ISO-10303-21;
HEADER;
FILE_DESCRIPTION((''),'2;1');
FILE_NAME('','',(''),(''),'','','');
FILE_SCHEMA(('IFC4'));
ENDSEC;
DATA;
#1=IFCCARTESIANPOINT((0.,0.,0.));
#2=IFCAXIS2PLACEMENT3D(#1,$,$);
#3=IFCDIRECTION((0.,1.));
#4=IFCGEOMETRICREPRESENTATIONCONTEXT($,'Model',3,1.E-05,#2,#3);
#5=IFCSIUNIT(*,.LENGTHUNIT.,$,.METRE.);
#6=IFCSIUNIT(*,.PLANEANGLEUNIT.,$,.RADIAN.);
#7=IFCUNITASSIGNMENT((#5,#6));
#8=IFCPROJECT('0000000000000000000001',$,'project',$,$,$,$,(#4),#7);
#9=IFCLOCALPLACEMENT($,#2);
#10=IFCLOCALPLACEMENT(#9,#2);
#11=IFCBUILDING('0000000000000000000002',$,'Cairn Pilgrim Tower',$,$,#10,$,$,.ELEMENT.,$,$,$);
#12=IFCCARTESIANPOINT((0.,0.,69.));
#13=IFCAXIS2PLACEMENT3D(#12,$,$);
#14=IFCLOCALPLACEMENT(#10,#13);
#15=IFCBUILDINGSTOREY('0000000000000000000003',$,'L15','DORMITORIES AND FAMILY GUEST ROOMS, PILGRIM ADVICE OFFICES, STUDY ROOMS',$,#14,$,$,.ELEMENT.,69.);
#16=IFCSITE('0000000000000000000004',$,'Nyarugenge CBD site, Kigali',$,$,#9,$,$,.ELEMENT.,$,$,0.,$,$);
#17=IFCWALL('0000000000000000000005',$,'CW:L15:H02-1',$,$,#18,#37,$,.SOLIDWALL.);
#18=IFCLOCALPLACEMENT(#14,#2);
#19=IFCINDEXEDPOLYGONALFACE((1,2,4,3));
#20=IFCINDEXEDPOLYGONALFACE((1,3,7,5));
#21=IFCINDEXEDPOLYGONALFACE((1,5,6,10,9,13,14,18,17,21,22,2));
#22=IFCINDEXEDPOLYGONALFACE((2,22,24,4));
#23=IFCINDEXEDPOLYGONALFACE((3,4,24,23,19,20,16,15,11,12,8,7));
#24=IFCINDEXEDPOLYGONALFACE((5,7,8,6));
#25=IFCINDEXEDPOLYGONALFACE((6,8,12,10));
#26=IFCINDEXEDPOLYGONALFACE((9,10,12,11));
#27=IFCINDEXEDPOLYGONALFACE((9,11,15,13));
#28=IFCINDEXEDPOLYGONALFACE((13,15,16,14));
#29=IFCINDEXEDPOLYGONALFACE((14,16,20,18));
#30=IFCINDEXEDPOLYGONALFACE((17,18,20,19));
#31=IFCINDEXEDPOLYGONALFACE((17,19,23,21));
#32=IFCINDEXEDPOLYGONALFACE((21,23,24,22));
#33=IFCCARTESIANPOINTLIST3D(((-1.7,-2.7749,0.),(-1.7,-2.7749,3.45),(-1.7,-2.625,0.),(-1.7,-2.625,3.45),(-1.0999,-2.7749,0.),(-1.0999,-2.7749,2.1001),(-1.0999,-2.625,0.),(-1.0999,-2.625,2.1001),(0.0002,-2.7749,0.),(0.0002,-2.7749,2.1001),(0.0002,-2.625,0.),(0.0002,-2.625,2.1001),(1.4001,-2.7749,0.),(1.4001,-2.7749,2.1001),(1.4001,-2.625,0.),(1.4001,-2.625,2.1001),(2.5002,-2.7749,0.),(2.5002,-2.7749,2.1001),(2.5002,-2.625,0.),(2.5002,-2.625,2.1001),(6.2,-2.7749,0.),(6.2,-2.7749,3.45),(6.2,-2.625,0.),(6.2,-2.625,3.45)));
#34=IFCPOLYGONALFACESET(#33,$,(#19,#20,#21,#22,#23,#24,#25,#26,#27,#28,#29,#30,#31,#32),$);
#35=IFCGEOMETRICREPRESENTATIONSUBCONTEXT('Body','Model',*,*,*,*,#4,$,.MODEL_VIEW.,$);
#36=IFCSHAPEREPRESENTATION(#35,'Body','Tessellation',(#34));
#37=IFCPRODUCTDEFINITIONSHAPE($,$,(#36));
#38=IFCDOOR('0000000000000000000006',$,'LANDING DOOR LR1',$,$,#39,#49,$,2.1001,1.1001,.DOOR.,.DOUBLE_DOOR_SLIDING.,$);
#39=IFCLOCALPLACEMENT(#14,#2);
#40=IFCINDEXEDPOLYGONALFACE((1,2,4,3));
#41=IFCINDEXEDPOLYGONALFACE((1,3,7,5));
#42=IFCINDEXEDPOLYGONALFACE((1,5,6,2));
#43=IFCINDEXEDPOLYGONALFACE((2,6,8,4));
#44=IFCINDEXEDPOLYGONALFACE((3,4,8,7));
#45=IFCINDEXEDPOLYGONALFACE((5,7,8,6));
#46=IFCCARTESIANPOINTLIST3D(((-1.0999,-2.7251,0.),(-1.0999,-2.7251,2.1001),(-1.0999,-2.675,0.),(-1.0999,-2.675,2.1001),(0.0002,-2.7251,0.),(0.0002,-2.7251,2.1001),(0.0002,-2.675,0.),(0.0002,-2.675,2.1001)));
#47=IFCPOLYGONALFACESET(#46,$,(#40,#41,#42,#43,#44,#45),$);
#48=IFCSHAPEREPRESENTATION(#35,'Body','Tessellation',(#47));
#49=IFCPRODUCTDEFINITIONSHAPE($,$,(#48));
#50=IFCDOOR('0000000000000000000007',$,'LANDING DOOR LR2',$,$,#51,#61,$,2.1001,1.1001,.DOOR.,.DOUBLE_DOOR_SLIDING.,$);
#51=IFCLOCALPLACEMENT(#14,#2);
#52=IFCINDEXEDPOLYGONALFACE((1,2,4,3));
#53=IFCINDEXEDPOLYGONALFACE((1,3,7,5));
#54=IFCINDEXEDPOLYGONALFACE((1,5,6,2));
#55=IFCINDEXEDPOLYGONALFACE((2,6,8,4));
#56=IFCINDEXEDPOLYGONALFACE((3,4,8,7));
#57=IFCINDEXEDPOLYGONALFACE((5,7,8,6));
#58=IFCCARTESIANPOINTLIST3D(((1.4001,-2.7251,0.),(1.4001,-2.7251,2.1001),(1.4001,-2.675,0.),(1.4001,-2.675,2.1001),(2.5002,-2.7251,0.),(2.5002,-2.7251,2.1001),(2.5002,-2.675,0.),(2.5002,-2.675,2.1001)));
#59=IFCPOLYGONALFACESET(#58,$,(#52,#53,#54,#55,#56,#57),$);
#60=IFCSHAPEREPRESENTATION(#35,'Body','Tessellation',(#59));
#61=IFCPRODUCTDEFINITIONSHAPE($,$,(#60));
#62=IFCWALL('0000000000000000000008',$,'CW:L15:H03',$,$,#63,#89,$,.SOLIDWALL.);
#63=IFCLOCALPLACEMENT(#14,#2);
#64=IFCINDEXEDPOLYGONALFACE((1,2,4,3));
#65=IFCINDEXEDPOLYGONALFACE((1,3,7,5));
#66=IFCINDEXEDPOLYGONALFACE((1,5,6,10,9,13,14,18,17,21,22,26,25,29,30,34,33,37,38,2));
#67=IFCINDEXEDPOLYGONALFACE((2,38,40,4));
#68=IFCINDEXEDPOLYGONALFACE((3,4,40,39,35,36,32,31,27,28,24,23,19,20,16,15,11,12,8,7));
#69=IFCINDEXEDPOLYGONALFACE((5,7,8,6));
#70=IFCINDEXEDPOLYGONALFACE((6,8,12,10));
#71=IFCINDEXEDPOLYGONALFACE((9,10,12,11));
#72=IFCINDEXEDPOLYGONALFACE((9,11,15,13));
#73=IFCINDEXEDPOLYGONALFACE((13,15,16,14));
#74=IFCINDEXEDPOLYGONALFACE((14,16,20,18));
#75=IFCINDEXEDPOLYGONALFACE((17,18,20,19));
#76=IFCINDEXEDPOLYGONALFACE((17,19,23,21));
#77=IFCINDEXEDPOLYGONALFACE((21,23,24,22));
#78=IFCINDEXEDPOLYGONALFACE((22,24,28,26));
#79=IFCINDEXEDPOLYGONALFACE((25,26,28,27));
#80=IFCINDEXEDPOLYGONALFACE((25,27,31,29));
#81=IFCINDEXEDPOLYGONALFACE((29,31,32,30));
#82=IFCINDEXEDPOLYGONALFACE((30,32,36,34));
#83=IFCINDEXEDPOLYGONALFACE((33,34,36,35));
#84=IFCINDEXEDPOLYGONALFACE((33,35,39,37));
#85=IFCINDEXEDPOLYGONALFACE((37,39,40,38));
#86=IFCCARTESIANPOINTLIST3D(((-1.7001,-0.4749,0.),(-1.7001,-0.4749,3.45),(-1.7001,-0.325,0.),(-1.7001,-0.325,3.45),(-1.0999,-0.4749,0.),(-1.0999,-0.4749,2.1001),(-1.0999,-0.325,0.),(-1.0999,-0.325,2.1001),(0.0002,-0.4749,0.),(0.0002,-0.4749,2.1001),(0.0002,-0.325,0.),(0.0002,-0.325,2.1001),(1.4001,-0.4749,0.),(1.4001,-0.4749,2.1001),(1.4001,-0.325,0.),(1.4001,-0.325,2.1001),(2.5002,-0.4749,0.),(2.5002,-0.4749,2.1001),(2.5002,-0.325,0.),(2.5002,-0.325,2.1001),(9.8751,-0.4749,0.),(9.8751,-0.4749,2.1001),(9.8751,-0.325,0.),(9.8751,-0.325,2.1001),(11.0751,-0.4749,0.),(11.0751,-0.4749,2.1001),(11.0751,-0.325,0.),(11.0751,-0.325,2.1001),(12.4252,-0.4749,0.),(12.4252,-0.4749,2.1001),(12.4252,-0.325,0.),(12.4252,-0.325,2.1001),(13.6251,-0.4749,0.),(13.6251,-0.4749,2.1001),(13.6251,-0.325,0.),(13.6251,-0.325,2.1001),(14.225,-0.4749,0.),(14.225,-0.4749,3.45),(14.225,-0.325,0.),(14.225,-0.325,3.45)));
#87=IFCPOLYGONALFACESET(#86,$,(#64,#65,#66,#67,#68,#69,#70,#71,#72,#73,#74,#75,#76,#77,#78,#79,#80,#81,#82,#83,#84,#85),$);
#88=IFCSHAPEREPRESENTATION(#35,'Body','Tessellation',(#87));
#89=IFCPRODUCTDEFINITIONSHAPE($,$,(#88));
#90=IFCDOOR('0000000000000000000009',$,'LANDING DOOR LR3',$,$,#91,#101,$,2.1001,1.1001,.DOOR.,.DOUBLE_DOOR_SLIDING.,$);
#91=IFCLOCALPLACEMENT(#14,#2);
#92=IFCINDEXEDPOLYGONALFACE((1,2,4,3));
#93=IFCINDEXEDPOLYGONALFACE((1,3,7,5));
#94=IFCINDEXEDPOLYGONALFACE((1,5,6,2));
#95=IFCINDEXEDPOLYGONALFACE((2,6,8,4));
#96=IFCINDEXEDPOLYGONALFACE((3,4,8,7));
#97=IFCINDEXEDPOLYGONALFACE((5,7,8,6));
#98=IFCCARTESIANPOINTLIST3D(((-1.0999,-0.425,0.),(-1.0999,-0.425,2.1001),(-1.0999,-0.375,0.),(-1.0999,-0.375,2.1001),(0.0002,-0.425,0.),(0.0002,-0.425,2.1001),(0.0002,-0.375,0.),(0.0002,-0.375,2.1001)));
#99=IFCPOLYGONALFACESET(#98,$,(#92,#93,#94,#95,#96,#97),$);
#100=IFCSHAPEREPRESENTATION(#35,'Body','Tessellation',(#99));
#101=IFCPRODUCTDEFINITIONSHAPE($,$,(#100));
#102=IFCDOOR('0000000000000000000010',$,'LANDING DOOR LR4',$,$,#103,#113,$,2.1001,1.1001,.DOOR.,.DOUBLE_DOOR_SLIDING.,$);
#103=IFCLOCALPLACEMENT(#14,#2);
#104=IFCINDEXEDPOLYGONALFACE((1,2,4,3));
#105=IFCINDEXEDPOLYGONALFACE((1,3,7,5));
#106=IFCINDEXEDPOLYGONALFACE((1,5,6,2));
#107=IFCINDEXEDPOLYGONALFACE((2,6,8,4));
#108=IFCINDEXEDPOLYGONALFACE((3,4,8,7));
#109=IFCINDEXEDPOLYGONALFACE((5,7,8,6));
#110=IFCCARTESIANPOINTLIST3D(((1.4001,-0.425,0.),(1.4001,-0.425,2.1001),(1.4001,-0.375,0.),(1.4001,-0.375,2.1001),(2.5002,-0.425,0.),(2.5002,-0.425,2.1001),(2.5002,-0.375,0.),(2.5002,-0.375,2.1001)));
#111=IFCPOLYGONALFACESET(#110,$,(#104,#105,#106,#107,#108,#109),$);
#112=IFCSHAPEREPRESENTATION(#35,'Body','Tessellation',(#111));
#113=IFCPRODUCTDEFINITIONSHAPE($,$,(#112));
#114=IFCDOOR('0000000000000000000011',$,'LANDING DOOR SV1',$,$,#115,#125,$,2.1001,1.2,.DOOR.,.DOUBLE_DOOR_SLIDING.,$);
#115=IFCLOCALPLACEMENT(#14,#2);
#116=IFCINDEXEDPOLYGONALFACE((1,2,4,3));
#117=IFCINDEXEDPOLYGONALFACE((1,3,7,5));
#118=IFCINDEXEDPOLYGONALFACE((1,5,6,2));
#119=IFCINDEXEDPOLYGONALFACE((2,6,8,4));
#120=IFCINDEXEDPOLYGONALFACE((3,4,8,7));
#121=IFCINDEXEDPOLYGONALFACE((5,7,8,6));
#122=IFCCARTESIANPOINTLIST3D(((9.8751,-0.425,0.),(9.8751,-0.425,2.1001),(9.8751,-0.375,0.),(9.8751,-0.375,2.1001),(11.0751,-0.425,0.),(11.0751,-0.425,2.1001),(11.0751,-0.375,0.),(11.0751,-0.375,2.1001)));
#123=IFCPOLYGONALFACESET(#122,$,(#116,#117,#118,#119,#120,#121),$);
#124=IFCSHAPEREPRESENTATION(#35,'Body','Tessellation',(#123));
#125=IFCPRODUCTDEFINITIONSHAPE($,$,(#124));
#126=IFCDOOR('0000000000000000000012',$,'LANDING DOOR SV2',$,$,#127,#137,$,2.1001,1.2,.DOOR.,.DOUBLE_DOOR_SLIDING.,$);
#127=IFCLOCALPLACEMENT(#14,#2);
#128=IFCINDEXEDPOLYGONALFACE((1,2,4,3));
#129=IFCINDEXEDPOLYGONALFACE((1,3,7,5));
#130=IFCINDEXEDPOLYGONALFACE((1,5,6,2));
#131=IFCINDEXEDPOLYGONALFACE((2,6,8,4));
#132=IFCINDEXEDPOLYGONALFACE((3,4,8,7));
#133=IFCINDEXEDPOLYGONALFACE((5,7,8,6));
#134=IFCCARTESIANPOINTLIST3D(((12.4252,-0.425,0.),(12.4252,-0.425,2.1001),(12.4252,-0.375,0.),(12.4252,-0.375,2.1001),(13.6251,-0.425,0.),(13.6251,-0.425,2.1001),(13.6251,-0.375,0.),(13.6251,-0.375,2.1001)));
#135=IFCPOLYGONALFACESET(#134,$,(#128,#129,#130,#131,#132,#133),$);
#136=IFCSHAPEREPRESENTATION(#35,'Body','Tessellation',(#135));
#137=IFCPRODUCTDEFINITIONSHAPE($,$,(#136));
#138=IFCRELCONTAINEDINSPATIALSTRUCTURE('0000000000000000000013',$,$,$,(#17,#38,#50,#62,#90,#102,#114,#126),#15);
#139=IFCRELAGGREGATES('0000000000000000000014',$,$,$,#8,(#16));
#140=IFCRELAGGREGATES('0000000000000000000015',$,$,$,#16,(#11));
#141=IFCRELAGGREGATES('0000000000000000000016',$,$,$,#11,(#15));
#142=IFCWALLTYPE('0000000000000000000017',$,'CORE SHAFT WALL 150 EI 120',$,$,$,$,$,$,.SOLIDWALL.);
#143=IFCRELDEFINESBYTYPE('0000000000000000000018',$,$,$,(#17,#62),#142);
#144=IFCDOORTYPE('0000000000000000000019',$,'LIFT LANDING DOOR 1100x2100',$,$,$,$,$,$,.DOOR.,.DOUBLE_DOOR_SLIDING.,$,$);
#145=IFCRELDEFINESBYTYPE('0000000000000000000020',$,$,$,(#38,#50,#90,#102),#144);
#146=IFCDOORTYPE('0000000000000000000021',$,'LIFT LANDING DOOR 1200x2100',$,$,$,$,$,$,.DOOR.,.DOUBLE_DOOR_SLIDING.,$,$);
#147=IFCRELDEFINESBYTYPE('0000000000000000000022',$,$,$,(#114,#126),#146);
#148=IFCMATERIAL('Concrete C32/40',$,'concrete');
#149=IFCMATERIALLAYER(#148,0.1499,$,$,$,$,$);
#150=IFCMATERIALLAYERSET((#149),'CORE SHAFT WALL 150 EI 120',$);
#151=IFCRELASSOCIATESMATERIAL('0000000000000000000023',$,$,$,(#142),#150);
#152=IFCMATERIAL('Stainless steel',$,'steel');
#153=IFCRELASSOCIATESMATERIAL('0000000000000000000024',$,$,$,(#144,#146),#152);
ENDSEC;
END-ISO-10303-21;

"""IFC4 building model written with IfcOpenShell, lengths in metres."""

from ifc_helpers import new_model, si_unit, direction, frame, frame_2d, origin, place, context, subcontext, project, spatial, rectangle, extrude, material, layer, layer_set, type_object, element, fill, save


model = new_model("IFC4")

# Units and contexts
model_context = context("Model", 3, precision=1e-05, world=origin(), true_north=direction((0.0, 1.0)))
body_context = subcontext(model_context, "Body", "Model", "MODEL_VIEW")
ifc_project = project(units=[si_unit("LENGTHUNIT", "METRE"), si_unit("PLANEANGLEUNIT", "RADIAN")], contexts=[model_context])

# Site, building, storey
site_placement = place(None, origin())
site = spatial("IfcSite", under=ifc_project, at=site_placement, Name="Nyarugenge CBD site, Kigali", CompositionType="ELEMENT", RefElevation=0.0)
building_placement = place(site_placement, origin())
building = spatial("IfcBuilding", under=site, at=building_placement, Name="Cairn Pilgrim Tower", CompositionType="ELEMENT")
storey_placement = place(building_placement, frame((0.0, 0.0, 69.0)))
storey = spatial("IfcBuildingStorey", under=building, at=storey_placement, Name="L15", Description="DORMITORIES AND FAMILY GUEST ROOMS, PILGRIM ADVICE OFFICES, STUDY ROOMS", CompositionType="ELEMENT", Elevation=69.0)

# Shared definitions
ifc_material_1 = material(Name="Concrete C32/40", Category="concrete")

# Walls, openings, doors
ifc_layer_1 = layer(ifc_material_1, 0.1499)
ifc_layer_set_1 = layer_set([ifc_layer_1], Name="CORE SHAFT WALL 150 EI 120")
wall_type_1 = type_object("IfcWallType", Name="CORE SHAFT WALL 150 EI 120", PredefinedType="SOLIDWALL", material=ifc_layer_set_1)
wall_1_placement = place(storey_placement, frame((-1.7, -2.7, 0.0), z_axis=(0.0, 0.0, 1.0), x_axis=(1.0, 0.0, 0.0)))
wall_1 = element("IfcWall", 1, at=wall_1_placement, inside=storey, type_object=wall_type_1, Name="CW:L15:H02-1", PredefinedType="SOLIDWALL", context=body_context, shape_type="SweptSolid", body=[
    extrude(rectangle(XDim=7.8999, YDim=0.1499, at=frame_2d((3.95, 0.0))), origin(), (0.0, 0.0, 1.0), 3.45),
])
opening_1_placement = place(wall_1_placement, frame((0.6001, 0.0, 0.0)))
opening_1 = element("IfcOpeningElement", 2, at=opening_1_placement, cuts=wall_1, PredefinedType="OPENING", context=body_context, shape_type="SweptSolid", body=[
    extrude(rectangle(XDim=1.1001, YDim=2.1001, at=frame_2d((0.55, 1.05))), frame((0.0, 0.085, 0.0), z_axis=(0.0, -1.0, 0.0), x_axis=(1.0, 0.0, 0.0)), (0.0, 0.0, 1.0), 0.1699),
])
opening_2_placement = place(wall_1_placement, frame((3.1001, 0.0, 0.0)))
opening_2 = element("IfcOpeningElement", 3, at=opening_2_placement, cuts=wall_1, PredefinedType="OPENING", context=body_context, shape_type="SweptSolid", body=[
    extrude(rectangle(XDim=1.1001, YDim=2.1001, at=frame_2d((0.55, 1.05))), frame((0.0, 0.085, 0.0), z_axis=(0.0, -1.0, 0.0), x_axis=(1.0, 0.0, 0.0)), (0.0, 0.0, 1.0), 0.1699),
])
ifc_material_2 = material(Name="Stainless steel", Category="steel")
door_type_1 = type_object("IfcDoorType", Name="LIFT LANDING DOOR 1100x2100", OperationType="DOUBLE_DOOR_SLIDING", PredefinedType="DOOR", material=ifc_material_2)
door_1_placement = place(opening_1_placement, origin())
door_1 = element("IfcDoor", 4, at=door_1_placement, inside=storey, type_object=door_type_1, Name="LANDING DOOR LR1", OperationType="DOUBLE_DOOR_SLIDING", OverallHeight=2.1001, OverallWidth=1.1001, PredefinedType="DOOR", context=body_context, shape_type="SweptSolid", body=[
    extrude(rectangle(XDim=1.1001, YDim=2.1001, at=frame_2d((0.55, 1.05))), frame((0.0, 0.0249, 0.0), z_axis=(0.0, -1.0, 0.0), x_axis=(1.0, 0.0, 0.0)), (0.0, 0.0, 1.0), 0.05),
])
fill(opening_1, door_1)
door_2_placement = place(opening_2_placement, origin())
door_2 = element("IfcDoor", 5, at=door_2_placement, inside=storey, type_object=door_type_1, Name="LANDING DOOR LR2", OperationType="DOUBLE_DOOR_SLIDING", OverallHeight=2.1001, OverallWidth=1.1001, PredefinedType="DOOR", context=body_context, shape_type="SweptSolid", body=[
    extrude(rectangle(XDim=1.1001, YDim=2.1001, at=frame_2d((0.55, 1.05))), frame((0.0, 0.0249, 0.0), z_axis=(0.0, -1.0, 0.0), x_axis=(1.0, 0.0, 0.0)), (0.0, 0.0, 1.0), 0.05),
])
fill(opening_2, door_2)
wall_2_placement = place(storey_placement, frame((-1.7, -0.3999, 0.0), z_axis=(0.0, 0.0, 1.0), x_axis=(1.0, 0.0, 0.0)))
wall_2 = element("IfcWall", 6, at=wall_2_placement, inside=storey, type_object=wall_type_1, Name="CW:L15:H03", PredefinedType="SOLIDWALL", context=body_context, shape_type="SweptSolid", body=[
    extrude(rectangle(XDim=15.925, YDim=0.1499, at=frame_2d((7.9624, 0.0))), origin(), (0.0, 0.0, 1.0), 3.45),
])
opening_3_placement = place(wall_2_placement, frame((0.6001, 0.0, 0.0)))
opening_3 = element("IfcOpeningElement", 7, at=opening_3_placement, cuts=wall_2, PredefinedType="OPENING", context=body_context, shape_type="SweptSolid", body=[
    extrude(rectangle(XDim=1.1001, YDim=2.1001, at=frame_2d((0.55, 1.05))), frame((0.0, 0.085, 0.0), z_axis=(0.0, -1.0, 0.0), x_axis=(1.0, 0.0, 0.0)), (0.0, 0.0, 1.0), 0.1699),
])
opening_4_placement = place(wall_2_placement, frame((3.1001, 0.0, 0.0)))
opening_4 = element("IfcOpeningElement", 8, at=opening_4_placement, cuts=wall_2, PredefinedType="OPENING", context=body_context, shape_type="SweptSolid", body=[
    extrude(rectangle(XDim=1.1001, YDim=2.1001, at=frame_2d((0.55, 1.05))), frame((0.0, 0.085, 0.0), z_axis=(0.0, -1.0, 0.0), x_axis=(1.0, 0.0, 0.0)), (0.0, 0.0, 1.0), 0.1699),
])
opening_5_placement = place(wall_2_placement, frame((11.575, 0.0, 0.0)))
opening_5 = element("IfcOpeningElement", 9, at=opening_5_placement, cuts=wall_2, PredefinedType="OPENING", context=body_context, shape_type="SweptSolid", body=[
    extrude(rectangle(XDim=1.2, YDim=2.1001, at=frame_2d((0.6001, 1.05))), frame((0.0, 0.085, 0.0), z_axis=(0.0, -1.0, 0.0), x_axis=(1.0, 0.0, 0.0)), (0.0, 0.0, 1.0), 0.1699),
])
opening_6_placement = place(wall_2_placement, frame((14.125, 0.0, 0.0)))
opening_6 = element("IfcOpeningElement", 10, at=opening_6_placement, cuts=wall_2, PredefinedType="OPENING", context=body_context, shape_type="SweptSolid", body=[
    extrude(rectangle(XDim=1.2, YDim=2.1001, at=frame_2d((0.6001, 1.05))), frame((0.0, 0.085, 0.0), z_axis=(0.0, -1.0, 0.0), x_axis=(1.0, 0.0, 0.0)), (0.0, 0.0, 1.0), 0.1699),
])
door_3_placement = place(opening_3_placement, origin())
door_3 = element("IfcDoor", 11, at=door_3_placement, inside=storey, type_object=door_type_1, Name="LANDING DOOR LR3", OperationType="DOUBLE_DOOR_SLIDING", OverallHeight=2.1001, OverallWidth=1.1001, PredefinedType="DOOR", context=body_context, shape_type="SweptSolid", body=[
    extrude(rectangle(XDim=1.1001, YDim=2.1001, at=frame_2d((0.55, 1.05))), frame((0.0, 0.0249, 0.0), z_axis=(0.0, -1.0, 0.0), x_axis=(1.0, 0.0, 0.0)), (0.0, 0.0, 1.0), 0.05),
])
fill(opening_3, door_3)
door_4_placement = place(opening_4_placement, origin())
door_4 = element("IfcDoor", 12, at=door_4_placement, inside=storey, type_object=door_type_1, Name="LANDING DOOR LR4", OperationType="DOUBLE_DOOR_SLIDING", OverallHeight=2.1001, OverallWidth=1.1001, PredefinedType="DOOR", context=body_context, shape_type="SweptSolid", body=[
    extrude(rectangle(XDim=1.1001, YDim=2.1001, at=frame_2d((0.55, 1.05))), frame((0.0, 0.0249, 0.0), z_axis=(0.0, -1.0, 0.0), x_axis=(1.0, 0.0, 0.0)), (0.0, 0.0, 1.0), 0.05),
])
fill(opening_4, door_4)
door_type_2 = type_object("IfcDoorType", Name="LIFT LANDING DOOR 1200x2100", OperationType="DOUBLE_DOOR_SLIDING", PredefinedType="DOOR", material=ifc_material_2)
door_5_placement = place(opening_5_placement, origin())
door_5 = element("IfcDoor", 13, at=door_5_placement, inside=storey, type_object=door_type_2, Name="LANDING DOOR SV1", OperationType="DOUBLE_DOOR_SLIDING", OverallHeight=2.1001, OverallWidth=1.2, PredefinedType="DOOR", context=body_context, shape_type="SweptSolid", body=[
    extrude(rectangle(XDim=1.2, YDim=2.1001, at=frame_2d((0.6001, 1.05))), frame((0.0, 0.0249, 0.0), z_axis=(0.0, -1.0, 0.0), x_axis=(1.0, 0.0, 0.0)), (0.0, 0.0, 1.0), 0.05),
])
fill(opening_5, door_5)
door_6_placement = place(opening_6_placement, origin())
door_6 = element("IfcDoor", 14, at=door_6_placement, inside=storey, type_object=door_type_2, Name="LANDING DOOR SV2", OperationType="DOUBLE_DOOR_SLIDING", OverallHeight=2.1001, OverallWidth=1.2, PredefinedType="DOOR", context=body_context, shape_type="SweptSolid", body=[
    extrude(rectangle(XDim=1.2, YDim=2.1001, at=frame_2d((0.6001, 1.05))), frame((0.0, 0.0249, 0.0), z_axis=(0.0, -1.0, 0.0), x_axis=(1.0, 0.0, 0.0)), (0.0, 0.0, 1.0), 0.05),
])
fill(opening_6, door_6)

save(model, "model.ifc")
